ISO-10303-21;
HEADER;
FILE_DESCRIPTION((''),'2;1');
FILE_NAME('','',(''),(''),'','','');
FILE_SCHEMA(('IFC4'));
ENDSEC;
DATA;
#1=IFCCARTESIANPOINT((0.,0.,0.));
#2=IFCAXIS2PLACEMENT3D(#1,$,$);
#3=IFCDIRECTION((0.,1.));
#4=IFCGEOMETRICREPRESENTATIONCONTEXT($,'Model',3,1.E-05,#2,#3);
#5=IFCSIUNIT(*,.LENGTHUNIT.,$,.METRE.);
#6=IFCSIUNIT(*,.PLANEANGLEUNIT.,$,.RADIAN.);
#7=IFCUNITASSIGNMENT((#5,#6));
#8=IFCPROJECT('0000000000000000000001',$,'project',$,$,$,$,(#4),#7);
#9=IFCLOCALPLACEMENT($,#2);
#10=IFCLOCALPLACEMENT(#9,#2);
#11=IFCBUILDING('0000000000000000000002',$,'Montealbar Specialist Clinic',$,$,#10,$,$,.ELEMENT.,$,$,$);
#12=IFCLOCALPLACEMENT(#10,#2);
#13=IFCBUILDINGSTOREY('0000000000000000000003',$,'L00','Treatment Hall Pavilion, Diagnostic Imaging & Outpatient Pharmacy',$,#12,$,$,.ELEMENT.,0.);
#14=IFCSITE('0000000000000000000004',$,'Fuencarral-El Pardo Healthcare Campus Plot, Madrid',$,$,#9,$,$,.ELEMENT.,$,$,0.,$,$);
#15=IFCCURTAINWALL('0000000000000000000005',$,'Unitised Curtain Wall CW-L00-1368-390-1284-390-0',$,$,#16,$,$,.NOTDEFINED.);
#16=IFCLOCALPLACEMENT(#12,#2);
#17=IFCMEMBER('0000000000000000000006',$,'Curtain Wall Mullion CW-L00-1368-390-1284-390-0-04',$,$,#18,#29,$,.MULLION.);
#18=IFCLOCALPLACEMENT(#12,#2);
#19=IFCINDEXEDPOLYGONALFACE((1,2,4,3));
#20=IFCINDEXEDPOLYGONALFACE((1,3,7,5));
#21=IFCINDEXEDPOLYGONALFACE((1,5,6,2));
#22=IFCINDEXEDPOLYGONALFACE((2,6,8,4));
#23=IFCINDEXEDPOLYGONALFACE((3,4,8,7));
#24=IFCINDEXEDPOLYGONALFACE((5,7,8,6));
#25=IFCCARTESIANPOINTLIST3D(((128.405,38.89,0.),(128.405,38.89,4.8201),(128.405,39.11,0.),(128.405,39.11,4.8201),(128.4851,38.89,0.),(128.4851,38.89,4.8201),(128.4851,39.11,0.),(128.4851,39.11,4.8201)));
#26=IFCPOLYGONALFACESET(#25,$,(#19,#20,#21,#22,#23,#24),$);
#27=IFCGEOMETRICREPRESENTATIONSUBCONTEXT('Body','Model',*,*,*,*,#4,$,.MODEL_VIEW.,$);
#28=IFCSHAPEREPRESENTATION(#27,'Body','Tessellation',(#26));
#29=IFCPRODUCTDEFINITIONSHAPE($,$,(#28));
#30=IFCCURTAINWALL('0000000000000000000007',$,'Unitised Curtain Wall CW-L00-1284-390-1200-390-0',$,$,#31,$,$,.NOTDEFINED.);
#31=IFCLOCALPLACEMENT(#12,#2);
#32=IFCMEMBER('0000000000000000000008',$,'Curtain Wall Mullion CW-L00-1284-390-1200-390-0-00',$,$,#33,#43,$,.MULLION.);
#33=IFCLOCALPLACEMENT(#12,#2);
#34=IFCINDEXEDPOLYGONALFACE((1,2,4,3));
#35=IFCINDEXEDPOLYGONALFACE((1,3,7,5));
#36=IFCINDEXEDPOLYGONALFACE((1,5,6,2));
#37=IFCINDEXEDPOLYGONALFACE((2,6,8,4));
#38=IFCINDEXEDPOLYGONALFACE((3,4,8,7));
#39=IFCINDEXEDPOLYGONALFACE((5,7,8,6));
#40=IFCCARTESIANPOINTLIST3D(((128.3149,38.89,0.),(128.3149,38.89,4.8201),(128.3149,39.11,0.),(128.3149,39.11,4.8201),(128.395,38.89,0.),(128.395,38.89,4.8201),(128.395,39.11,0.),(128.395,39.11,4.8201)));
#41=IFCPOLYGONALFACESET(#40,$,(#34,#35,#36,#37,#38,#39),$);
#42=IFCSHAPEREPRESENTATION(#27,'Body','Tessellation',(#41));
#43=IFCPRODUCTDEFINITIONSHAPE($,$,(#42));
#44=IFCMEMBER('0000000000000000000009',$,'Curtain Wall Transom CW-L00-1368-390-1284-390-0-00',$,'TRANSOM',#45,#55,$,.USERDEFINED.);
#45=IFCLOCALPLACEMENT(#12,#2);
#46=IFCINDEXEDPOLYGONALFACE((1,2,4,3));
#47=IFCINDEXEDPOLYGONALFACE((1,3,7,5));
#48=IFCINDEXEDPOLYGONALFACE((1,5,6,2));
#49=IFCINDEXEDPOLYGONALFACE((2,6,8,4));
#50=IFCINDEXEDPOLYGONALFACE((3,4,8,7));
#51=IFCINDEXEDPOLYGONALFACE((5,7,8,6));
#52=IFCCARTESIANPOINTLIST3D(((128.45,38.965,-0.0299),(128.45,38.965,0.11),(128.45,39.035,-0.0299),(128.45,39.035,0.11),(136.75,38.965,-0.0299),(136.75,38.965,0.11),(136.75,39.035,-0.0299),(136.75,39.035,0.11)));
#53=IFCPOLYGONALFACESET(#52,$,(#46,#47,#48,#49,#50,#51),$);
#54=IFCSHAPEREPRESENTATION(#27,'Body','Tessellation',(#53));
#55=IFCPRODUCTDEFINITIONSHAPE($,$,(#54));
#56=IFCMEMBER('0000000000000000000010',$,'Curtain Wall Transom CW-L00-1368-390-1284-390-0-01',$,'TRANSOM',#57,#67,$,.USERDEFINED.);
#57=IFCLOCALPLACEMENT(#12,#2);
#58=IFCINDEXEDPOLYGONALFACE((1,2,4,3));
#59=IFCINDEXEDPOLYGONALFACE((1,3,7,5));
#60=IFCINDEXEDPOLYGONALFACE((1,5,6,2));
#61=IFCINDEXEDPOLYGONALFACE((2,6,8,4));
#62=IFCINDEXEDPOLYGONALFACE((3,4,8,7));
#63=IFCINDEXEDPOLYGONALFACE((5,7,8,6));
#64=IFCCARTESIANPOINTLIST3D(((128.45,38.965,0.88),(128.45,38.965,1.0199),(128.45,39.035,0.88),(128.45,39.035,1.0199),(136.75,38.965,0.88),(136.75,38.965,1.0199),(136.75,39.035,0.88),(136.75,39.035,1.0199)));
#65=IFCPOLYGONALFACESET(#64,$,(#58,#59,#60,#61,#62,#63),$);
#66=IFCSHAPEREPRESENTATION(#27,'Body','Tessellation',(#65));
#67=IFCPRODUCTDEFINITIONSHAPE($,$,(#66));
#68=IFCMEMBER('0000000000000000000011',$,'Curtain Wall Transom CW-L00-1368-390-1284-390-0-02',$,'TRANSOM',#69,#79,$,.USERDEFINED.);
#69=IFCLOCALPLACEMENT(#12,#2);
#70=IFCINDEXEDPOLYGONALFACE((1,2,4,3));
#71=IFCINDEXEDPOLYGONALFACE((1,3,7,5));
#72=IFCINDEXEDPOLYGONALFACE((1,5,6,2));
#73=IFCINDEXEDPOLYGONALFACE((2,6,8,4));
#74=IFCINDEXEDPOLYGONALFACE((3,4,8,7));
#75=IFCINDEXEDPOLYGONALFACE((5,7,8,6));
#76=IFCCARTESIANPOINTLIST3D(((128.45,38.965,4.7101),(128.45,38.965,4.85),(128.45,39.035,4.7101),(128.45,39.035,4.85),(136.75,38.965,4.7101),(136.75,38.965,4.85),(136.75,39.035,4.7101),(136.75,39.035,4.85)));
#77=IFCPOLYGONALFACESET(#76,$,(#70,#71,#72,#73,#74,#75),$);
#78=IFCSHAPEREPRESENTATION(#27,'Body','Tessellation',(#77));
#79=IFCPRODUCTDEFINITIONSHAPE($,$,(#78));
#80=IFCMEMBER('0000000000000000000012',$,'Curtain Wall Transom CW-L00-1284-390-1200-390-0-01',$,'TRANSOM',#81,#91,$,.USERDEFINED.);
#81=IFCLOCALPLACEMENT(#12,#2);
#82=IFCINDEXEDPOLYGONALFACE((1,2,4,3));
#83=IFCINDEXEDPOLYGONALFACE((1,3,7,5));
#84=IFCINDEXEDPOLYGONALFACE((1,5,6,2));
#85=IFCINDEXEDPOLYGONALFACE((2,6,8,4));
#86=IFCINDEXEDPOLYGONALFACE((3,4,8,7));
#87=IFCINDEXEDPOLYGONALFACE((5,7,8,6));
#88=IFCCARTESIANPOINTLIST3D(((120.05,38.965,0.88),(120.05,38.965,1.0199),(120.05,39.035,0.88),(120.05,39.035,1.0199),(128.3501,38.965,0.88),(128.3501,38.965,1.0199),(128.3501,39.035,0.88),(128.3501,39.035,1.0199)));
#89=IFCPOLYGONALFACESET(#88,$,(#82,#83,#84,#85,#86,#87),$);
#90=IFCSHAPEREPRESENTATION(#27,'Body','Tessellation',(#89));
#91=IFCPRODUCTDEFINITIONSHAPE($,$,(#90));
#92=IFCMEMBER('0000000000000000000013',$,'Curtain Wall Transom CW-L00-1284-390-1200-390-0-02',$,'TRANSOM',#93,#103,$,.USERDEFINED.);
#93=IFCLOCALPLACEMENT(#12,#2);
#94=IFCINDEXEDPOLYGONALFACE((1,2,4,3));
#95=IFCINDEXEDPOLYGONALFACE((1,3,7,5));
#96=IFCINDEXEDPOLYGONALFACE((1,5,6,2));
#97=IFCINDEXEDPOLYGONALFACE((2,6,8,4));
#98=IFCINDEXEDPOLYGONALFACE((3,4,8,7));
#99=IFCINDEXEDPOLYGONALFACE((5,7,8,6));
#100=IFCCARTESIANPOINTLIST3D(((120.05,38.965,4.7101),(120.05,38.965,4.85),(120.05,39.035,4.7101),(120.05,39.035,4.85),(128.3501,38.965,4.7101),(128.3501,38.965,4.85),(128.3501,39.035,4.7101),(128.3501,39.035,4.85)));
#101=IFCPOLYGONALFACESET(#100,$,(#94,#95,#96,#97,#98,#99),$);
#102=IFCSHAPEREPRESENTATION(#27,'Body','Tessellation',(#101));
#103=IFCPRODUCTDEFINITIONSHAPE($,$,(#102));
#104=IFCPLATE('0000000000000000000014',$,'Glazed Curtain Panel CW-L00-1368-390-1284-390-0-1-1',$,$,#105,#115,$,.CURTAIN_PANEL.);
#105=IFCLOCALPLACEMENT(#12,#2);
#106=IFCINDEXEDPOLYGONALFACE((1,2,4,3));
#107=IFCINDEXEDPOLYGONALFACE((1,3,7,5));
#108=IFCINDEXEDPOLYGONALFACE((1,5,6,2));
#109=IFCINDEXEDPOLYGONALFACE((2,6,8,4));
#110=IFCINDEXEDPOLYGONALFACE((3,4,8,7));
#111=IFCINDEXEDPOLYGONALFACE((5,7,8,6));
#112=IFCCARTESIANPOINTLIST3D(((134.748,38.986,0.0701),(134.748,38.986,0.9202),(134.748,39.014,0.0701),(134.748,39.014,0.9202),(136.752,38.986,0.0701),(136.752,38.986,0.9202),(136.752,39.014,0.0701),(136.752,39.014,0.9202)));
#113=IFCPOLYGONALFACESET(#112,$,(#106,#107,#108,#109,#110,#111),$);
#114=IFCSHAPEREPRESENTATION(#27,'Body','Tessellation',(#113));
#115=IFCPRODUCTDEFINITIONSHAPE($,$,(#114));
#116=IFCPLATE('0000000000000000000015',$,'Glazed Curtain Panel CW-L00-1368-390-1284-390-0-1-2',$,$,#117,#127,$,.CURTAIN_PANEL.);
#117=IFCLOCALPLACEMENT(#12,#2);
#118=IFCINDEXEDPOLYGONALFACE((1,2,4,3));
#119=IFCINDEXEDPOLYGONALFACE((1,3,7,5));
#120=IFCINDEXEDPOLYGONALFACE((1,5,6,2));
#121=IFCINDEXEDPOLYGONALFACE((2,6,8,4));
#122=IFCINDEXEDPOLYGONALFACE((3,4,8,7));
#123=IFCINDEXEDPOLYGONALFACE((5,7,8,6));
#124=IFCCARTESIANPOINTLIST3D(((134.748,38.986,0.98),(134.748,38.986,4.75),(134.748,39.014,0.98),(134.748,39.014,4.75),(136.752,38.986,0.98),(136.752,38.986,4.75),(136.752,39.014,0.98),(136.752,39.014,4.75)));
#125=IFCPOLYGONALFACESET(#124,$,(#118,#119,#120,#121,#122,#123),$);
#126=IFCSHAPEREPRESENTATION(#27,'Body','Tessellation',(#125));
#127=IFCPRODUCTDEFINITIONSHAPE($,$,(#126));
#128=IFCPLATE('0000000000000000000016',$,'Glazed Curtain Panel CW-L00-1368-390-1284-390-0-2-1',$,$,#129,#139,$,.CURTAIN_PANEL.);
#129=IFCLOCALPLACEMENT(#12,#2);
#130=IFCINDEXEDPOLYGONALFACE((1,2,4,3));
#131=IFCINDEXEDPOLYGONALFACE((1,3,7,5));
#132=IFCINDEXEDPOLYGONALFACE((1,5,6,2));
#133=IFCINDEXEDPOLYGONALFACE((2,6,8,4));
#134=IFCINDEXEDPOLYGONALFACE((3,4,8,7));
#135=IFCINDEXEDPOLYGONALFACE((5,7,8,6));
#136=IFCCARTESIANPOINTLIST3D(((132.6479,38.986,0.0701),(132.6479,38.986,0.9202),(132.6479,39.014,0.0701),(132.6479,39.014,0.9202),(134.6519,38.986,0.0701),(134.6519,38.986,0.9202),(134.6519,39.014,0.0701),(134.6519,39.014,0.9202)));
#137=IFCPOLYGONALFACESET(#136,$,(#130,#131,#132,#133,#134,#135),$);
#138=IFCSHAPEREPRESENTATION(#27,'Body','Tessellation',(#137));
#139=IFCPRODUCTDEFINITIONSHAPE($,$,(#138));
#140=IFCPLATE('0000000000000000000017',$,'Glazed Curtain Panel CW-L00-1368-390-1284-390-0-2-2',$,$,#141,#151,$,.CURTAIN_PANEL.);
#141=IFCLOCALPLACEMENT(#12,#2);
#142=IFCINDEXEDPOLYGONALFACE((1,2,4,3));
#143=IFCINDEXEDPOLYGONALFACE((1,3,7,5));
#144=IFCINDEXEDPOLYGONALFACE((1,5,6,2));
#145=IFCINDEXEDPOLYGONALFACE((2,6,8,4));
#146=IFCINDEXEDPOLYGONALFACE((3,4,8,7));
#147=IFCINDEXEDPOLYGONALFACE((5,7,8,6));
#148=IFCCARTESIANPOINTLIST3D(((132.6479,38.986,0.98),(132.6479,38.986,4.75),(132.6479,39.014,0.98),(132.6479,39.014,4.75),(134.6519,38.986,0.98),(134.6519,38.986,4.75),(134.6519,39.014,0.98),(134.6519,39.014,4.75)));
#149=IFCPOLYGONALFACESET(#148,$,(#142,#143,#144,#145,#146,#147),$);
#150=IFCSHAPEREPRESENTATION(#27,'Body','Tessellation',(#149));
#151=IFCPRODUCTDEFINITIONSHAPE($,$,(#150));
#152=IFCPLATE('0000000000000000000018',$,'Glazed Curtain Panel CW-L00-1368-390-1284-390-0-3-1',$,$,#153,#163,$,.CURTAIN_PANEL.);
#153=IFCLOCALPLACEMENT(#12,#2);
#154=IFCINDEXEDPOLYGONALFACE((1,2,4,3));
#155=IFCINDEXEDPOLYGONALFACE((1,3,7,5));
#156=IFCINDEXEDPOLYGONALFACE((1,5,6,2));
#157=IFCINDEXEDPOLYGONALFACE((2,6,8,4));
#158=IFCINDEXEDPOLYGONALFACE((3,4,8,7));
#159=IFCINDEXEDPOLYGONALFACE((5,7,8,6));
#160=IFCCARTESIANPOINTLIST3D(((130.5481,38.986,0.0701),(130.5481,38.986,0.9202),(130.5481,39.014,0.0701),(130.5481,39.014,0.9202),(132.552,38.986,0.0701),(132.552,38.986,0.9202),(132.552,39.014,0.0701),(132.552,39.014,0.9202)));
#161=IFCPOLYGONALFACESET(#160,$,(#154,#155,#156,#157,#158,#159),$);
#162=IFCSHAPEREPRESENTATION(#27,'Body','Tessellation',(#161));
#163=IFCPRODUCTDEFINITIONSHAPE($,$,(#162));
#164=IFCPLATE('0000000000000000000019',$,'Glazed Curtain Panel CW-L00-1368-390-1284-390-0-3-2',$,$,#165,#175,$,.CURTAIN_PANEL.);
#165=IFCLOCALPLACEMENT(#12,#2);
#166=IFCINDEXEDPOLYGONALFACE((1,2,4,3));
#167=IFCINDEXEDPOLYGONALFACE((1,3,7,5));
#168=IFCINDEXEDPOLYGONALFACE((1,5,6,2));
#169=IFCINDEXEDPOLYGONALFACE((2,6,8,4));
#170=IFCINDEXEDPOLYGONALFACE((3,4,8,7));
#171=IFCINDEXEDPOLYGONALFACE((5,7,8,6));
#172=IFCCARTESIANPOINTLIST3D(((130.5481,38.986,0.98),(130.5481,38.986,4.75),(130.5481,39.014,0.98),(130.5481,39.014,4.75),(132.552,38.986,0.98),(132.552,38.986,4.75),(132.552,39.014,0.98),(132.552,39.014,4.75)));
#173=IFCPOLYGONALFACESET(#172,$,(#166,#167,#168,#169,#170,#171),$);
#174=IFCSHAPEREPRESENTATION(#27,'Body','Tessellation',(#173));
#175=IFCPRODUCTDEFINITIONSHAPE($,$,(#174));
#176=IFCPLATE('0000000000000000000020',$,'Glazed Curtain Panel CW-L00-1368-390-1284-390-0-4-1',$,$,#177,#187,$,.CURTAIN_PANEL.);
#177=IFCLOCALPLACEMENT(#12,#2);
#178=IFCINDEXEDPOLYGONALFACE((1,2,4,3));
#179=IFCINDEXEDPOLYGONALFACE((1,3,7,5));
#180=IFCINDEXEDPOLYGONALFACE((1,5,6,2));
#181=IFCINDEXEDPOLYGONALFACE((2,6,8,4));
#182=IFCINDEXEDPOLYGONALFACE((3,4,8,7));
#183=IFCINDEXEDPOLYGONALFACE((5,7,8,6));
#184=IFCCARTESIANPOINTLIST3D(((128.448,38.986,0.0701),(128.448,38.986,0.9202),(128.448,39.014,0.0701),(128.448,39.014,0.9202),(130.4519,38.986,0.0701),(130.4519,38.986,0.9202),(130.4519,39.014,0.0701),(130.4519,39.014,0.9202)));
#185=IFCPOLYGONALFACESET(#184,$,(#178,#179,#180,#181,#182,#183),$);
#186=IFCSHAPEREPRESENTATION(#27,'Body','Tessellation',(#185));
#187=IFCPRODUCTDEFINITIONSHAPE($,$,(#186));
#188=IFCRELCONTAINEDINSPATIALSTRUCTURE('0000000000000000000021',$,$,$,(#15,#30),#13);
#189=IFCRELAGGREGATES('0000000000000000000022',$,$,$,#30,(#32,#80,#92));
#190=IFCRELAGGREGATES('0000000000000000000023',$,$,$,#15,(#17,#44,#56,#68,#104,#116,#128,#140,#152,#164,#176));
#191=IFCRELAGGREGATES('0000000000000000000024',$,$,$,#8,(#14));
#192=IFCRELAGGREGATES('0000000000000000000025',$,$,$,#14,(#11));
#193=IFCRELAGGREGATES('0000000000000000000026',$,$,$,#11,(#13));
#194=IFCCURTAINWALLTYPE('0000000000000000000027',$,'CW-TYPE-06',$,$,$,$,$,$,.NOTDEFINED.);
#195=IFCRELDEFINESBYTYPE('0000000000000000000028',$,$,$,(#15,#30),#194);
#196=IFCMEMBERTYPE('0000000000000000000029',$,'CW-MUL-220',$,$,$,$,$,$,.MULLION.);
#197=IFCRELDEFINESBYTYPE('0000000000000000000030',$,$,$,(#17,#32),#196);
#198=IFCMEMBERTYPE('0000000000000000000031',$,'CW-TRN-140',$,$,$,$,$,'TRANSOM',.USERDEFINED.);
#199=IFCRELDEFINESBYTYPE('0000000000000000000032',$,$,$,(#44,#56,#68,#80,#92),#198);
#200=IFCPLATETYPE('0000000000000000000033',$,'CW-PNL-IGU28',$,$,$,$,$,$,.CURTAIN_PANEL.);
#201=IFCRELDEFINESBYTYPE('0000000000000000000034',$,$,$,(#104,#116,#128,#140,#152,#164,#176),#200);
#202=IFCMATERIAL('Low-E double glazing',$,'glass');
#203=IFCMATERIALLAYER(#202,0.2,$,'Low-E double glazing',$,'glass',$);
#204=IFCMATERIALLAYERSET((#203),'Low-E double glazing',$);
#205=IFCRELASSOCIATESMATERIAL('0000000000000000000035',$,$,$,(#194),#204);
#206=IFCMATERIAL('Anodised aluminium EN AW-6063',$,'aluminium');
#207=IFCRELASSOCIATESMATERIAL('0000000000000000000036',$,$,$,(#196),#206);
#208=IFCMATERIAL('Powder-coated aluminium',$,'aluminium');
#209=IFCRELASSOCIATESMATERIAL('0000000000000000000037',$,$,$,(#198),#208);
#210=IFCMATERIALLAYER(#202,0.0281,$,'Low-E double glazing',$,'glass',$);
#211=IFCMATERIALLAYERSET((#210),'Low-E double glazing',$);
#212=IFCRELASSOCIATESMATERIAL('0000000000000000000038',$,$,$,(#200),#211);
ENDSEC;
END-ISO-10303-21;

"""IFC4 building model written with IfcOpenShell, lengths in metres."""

from ifc_helpers import new_model, si_unit, direction, frame, origin, origin_2d, place, context, subcontext, project, spatial, rectangle, extrude, material, layer, layer_set, material_profile, profile_set, type_object, element, aggregate, save


model = new_model("IFC4")

# Units and contexts
model_context = context("Model", 3, precision=1e-05, world=origin(), true_north=direction((0.0, 1.0)))
body_context = subcontext(model_context, "Body", "Model", "MODEL_VIEW")
ifc_project = project(units=[si_unit("LENGTHUNIT", "METRE"), si_unit("PLANEANGLEUNIT", "RADIAN")], contexts=[model_context])

# Site, building, storey
site_placement = place(None, origin())
site = spatial("IfcSite", under=ifc_project, at=site_placement, Name="Fuencarral-El Pardo Healthcare Campus Plot, Madrid", CompositionType="ELEMENT", RefElevation=0.0)
building_placement = place(site_placement, origin())
building = spatial("IfcBuilding", under=site, at=building_placement, Name="Montealbar Specialist Clinic", CompositionType="ELEMENT")
storey_placement = place(building_placement, origin())
storey = spatial("IfcBuildingStorey", under=building, at=storey_placement, Name="L00", Description="Treatment Hall Pavilion, Diagnostic Imaging & Outpatient Pharmacy", CompositionType="ELEMENT", Elevation=0.0)

# Curtain wall, member
ifc_material_1 = material(Name="Low-E double glazing", Category="glass")
ifc_layer_1 = layer(ifc_material_1, 0.2, Name="Low-E double glazing", Category="glass")
ifc_layer_set_1 = layer_set([ifc_layer_1], Name="Low-E double glazing")
curtain_wall_type = type_object("IfcCurtainWallType", Name="CW-TYPE-06", PredefinedType="NOTDEFINED", material=ifc_layer_set_1)
curtain_wall_1_placement = place(storey_placement, origin())
curtain_wall_1 = element("IfcCurtainWall", 1, at=curtain_wall_1_placement, inside=storey, type_object=curtain_wall_type, Name="Unitised Curtain Wall CW-L00-1368-390-1284-390-0", PredefinedType="NOTDEFINED")
ifc_material_2 = material(Name="Anodised aluminium EN AW-6063", Category="aluminium")
ifc_material_profile_1 = material_profile(ifc_material_2, rectangle(XDim=0.0801, YDim=0.22, at=origin_2d()), Name="ALU 80x220", Category="aluminium")
ifc_profile_set_1 = profile_set([ifc_material_profile_1], Name="Anodised aluminium EN AW-6063")
member_type_1 = type_object("IfcMemberType", Name="CW-MUL-220", PredefinedType="MULLION", material=ifc_profile_set_1)
member_1_placement = place(storey_placement, frame((128.4451, 39.0, 0.0), z_axis=(0.0, 0.0, 1.0), x_axis=(-1.0, 0.0, 0.0)))
member_1 = element("IfcMember", 2, at=member_1_placement, type_object=member_type_1, Name="Curtain Wall Mullion CW-L00-1368-390-1284-390-0-04", PredefinedType="MULLION", context=body_context, shape_type="SweptSolid", body=[
    extrude(rectangle(XDim=0.0801, YDim=0.22, at=origin_2d()), origin(), (0.0, 0.0, 1.0), 4.8201),
])

# Curtain wall, member
curtain_wall_2_placement = place(storey_placement, origin())
curtain_wall_2 = element("IfcCurtainWall", 3, at=curtain_wall_2_placement, inside=storey, type_object=curtain_wall_type, Name="Unitised Curtain Wall CW-L00-1284-390-1200-390-0", PredefinedType="NOTDEFINED")
member_2_placement = place(storey_placement, frame((128.355, 39.0, 0.0), z_axis=(0.0, 0.0, 1.0), x_axis=(-1.0, 0.0, 0.0)))
member_2 = element("IfcMember", 4, at=member_2_placement, type_object=member_type_1, Name="Curtain Wall Mullion CW-L00-1284-390-1200-390-0-00", PredefinedType="MULLION", context=body_context, shape_type="SweptSolid", body=[
    extrude(rectangle(XDim=0.0801, YDim=0.22, at=origin_2d()), origin(), (0.0, 0.0, 1.0), 4.8201),
])

# Members
ifc_material_3 = material(Name="Powder-coated aluminium", Category="aluminium")
ifc_material_profile_2 = material_profile(ifc_material_3, rectangle(XDim=0.0701, YDim=0.1399, at=origin_2d()), Name="ALU 70x140", Category="aluminium")
ifc_profile_set_2 = profile_set([ifc_material_profile_2], Name="Powder-coated aluminium")
member_type_2 = type_object("IfcMemberType", Name="CW-TRN-140", ElementType="TRANSOM", PredefinedType="USERDEFINED", material=ifc_profile_set_2)
member_3_placement = place(storey_placement, frame((136.75, 39.0, 0.04), z_axis=(-1.0, 0.0, 0.0), x_axis=(0.0, -1.0, 0.0)))
member_3 = element("IfcMember", 5, at=member_3_placement, type_object=member_type_2, Name="Curtain Wall Transom CW-L00-1368-390-1284-390-0-00", ObjectType="TRANSOM", PredefinedType="USERDEFINED", context=body_context, shape_type="SweptSolid", body=[
    extrude(rectangle(XDim=0.0701, YDim=0.1399, at=origin_2d()), origin(), (0.0, 0.0, 1.0), 8.3),
])
member_4_placement = place(storey_placement, frame((136.75, 39.0, 0.95), z_axis=(-1.0, 0.0, 0.0), x_axis=(0.0, -1.0, 0.0)))
member_4 = element("IfcMember", 6, at=member_4_placement, type_object=member_type_2, Name="Curtain Wall Transom CW-L00-1368-390-1284-390-0-01", ObjectType="TRANSOM", PredefinedType="USERDEFINED", context=body_context, shape_type="SweptSolid", body=[
    extrude(rectangle(XDim=0.0701, YDim=0.1399, at=origin_2d()), origin(), (0.0, 0.0, 1.0), 8.3),
])
member_5_placement = place(storey_placement, frame((136.75, 39.0, 4.78), z_axis=(-1.0, 0.0, 0.0), x_axis=(0.0, -1.0, 0.0)))
member_5 = element("IfcMember", 7, at=member_5_placement, type_object=member_type_2, Name="Curtain Wall Transom CW-L00-1368-390-1284-390-0-02", ObjectType="TRANSOM", PredefinedType="USERDEFINED", context=body_context, shape_type="SweptSolid", body=[
    extrude(rectangle(XDim=0.0701, YDim=0.1399, at=origin_2d()), origin(), (0.0, 0.0, 1.0), 8.3),
])
member_6_placement = place(storey_placement, frame((128.3501, 39.0, 0.95), z_axis=(-1.0, 0.0, 0.0), x_axis=(0.0, -1.0, 0.0)))
member_6 = element("IfcMember", 8, at=member_6_placement, type_object=member_type_2, Name="Curtain Wall Transom CW-L00-1284-390-1200-390-0-01", ObjectType="TRANSOM", PredefinedType="USERDEFINED", context=body_context, shape_type="SweptSolid", body=[
    extrude(rectangle(XDim=0.0701, YDim=0.1399, at=origin_2d()), origin(), (0.0, 0.0, 1.0), 8.3),
])
member_7_placement = place(storey_placement, frame((128.3501, 39.0, 4.78), z_axis=(-1.0, 0.0, 0.0), x_axis=(0.0, -1.0, 0.0)))
member_7 = element("IfcMember", 9, at=member_7_placement, type_object=member_type_2, Name="Curtain Wall Transom CW-L00-1284-390-1200-390-0-02", ObjectType="TRANSOM", PredefinedType="USERDEFINED", context=body_context, shape_type="SweptSolid", body=[
    extrude(rectangle(XDim=0.0701, YDim=0.1399, at=origin_2d()), origin(), (0.0, 0.0, 1.0), 8.3),
])
aggregate(curtain_wall_2, [member_2, member_6, member_7])

# Plates
ifc_layer_2 = layer(ifc_material_1, 0.0281, Name="Low-E double glazing", Category="glass")
ifc_layer_set_2 = layer_set([ifc_layer_2], Name="Low-E double glazing")
plate_type = type_object("IfcPlateType", Name="CW-PNL-IGU28", PredefinedType="CURTAIN_PANEL", material=ifc_layer_set_2)
plate_1_placement = place(storey_placement, frame((135.75, 39.0, 0.0701), z_axis=(0.0, 0.0, 1.0), x_axis=(-1.0, 0.0, 0.0)))
plate_1 = element("IfcPlate", 10, at=plate_1_placement, type_object=plate_type, Name="Glazed Curtain Panel CW-L00-1368-390-1284-390-0-1-1", PredefinedType="CURTAIN_PANEL", context=body_context, shape_type="SweptSolid", body=[
    extrude(rectangle(XDim=2.0039, YDim=0.0281, at=origin_2d()), origin(), (0.0, 0.0, 1.0), 0.8501),
])
plate_2_placement = place(storey_placement, frame((135.75, 39.0, 0.98), z_axis=(0.0, 0.0, 1.0), x_axis=(-1.0, 0.0, 0.0)))
plate_2 = element("IfcPlate", 11, at=plate_2_placement, type_object=plate_type, Name="Glazed Curtain Panel CW-L00-1368-390-1284-390-0-1-2", PredefinedType="CURTAIN_PANEL", context=body_context, shape_type="SweptSolid", body=[
    extrude(rectangle(XDim=2.0039, YDim=0.0281, at=origin_2d()), origin(), (0.0, 0.0, 1.0), 3.77),
])
plate_3_placement = place(storey_placement, frame((133.6499, 39.0, 0.0701), z_axis=(0.0, 0.0, 1.0), x_axis=(-1.0, 0.0, 0.0)))
plate_3 = element("IfcPlate", 12, at=plate_3_placement, type_object=plate_type, Name="Glazed Curtain Panel CW-L00-1368-390-1284-390-0-2-1", PredefinedType="CURTAIN_PANEL", context=body_context, shape_type="SweptSolid", body=[
    extrude(rectangle(XDim=2.0039, YDim=0.0281, at=origin_2d()), origin(), (0.0, 0.0, 1.0), 0.8501),
])
plate_4_placement = place(storey_placement, frame((133.6499, 39.0, 0.98), z_axis=(0.0, 0.0, 1.0), x_axis=(-1.0, 0.0, 0.0)))
plate_4 = element("IfcPlate", 13, at=plate_4_placement, type_object=plate_type, Name="Glazed Curtain Panel CW-L00-1368-390-1284-390-0-2-2", PredefinedType="CURTAIN_PANEL", context=body_context, shape_type="SweptSolid", body=[
    extrude(rectangle(XDim=2.0039, YDim=0.0281, at=origin_2d()), origin(), (0.0, 0.0, 1.0), 3.77),
])
plate_5_placement = place(storey_placement, frame((131.55, 39.0, 0.0701), z_axis=(0.0, 0.0, 1.0), x_axis=(-1.0, 0.0, 0.0)))
plate_5 = element("IfcPlate", 14, at=plate_5_placement, type_object=plate_type, Name="Glazed Curtain Panel CW-L00-1368-390-1284-390-0-3-1", PredefinedType="CURTAIN_PANEL", context=body_context, shape_type="SweptSolid", body=[
    extrude(rectangle(XDim=2.0039, YDim=0.0281, at=origin_2d()), origin(), (0.0, 0.0, 1.0), 0.8501),
])
plate_6_placement = place(storey_placement, frame((131.55, 39.0, 0.98), z_axis=(0.0, 0.0, 1.0), x_axis=(-1.0, 0.0, 0.0)))
plate_6 = element("IfcPlate", 15, at=plate_6_placement, type_object=plate_type, Name="Glazed Curtain Panel CW-L00-1368-390-1284-390-0-3-2", PredefinedType="CURTAIN_PANEL", context=body_context, shape_type="SweptSolid", body=[
    extrude(rectangle(XDim=2.0039, YDim=0.0281, at=origin_2d()), origin(), (0.0, 0.0, 1.0), 3.77),
])
plate_7_placement = place(storey_placement, frame((129.45, 39.0, 0.0701), z_axis=(0.0, 0.0, 1.0), x_axis=(-1.0, 0.0, 0.0)))
plate_7 = element("IfcPlate", 16, at=plate_7_placement, type_object=plate_type, Name="Glazed Curtain Panel CW-L00-1368-390-1284-390-0-4-1", PredefinedType="CURTAIN_PANEL", context=body_context, shape_type="SweptSolid", body=[
    extrude(rectangle(XDim=2.0039, YDim=0.0281, at=origin_2d()), origin(), (0.0, 0.0, 1.0), 0.8501),
])
aggregate(curtain_wall_1, [member_1, member_3, member_4, member_5, plate_1, plate_2, plate_3, plate_4, plate_5, plate_6, plate_7])

save(model, "model.ifc")
